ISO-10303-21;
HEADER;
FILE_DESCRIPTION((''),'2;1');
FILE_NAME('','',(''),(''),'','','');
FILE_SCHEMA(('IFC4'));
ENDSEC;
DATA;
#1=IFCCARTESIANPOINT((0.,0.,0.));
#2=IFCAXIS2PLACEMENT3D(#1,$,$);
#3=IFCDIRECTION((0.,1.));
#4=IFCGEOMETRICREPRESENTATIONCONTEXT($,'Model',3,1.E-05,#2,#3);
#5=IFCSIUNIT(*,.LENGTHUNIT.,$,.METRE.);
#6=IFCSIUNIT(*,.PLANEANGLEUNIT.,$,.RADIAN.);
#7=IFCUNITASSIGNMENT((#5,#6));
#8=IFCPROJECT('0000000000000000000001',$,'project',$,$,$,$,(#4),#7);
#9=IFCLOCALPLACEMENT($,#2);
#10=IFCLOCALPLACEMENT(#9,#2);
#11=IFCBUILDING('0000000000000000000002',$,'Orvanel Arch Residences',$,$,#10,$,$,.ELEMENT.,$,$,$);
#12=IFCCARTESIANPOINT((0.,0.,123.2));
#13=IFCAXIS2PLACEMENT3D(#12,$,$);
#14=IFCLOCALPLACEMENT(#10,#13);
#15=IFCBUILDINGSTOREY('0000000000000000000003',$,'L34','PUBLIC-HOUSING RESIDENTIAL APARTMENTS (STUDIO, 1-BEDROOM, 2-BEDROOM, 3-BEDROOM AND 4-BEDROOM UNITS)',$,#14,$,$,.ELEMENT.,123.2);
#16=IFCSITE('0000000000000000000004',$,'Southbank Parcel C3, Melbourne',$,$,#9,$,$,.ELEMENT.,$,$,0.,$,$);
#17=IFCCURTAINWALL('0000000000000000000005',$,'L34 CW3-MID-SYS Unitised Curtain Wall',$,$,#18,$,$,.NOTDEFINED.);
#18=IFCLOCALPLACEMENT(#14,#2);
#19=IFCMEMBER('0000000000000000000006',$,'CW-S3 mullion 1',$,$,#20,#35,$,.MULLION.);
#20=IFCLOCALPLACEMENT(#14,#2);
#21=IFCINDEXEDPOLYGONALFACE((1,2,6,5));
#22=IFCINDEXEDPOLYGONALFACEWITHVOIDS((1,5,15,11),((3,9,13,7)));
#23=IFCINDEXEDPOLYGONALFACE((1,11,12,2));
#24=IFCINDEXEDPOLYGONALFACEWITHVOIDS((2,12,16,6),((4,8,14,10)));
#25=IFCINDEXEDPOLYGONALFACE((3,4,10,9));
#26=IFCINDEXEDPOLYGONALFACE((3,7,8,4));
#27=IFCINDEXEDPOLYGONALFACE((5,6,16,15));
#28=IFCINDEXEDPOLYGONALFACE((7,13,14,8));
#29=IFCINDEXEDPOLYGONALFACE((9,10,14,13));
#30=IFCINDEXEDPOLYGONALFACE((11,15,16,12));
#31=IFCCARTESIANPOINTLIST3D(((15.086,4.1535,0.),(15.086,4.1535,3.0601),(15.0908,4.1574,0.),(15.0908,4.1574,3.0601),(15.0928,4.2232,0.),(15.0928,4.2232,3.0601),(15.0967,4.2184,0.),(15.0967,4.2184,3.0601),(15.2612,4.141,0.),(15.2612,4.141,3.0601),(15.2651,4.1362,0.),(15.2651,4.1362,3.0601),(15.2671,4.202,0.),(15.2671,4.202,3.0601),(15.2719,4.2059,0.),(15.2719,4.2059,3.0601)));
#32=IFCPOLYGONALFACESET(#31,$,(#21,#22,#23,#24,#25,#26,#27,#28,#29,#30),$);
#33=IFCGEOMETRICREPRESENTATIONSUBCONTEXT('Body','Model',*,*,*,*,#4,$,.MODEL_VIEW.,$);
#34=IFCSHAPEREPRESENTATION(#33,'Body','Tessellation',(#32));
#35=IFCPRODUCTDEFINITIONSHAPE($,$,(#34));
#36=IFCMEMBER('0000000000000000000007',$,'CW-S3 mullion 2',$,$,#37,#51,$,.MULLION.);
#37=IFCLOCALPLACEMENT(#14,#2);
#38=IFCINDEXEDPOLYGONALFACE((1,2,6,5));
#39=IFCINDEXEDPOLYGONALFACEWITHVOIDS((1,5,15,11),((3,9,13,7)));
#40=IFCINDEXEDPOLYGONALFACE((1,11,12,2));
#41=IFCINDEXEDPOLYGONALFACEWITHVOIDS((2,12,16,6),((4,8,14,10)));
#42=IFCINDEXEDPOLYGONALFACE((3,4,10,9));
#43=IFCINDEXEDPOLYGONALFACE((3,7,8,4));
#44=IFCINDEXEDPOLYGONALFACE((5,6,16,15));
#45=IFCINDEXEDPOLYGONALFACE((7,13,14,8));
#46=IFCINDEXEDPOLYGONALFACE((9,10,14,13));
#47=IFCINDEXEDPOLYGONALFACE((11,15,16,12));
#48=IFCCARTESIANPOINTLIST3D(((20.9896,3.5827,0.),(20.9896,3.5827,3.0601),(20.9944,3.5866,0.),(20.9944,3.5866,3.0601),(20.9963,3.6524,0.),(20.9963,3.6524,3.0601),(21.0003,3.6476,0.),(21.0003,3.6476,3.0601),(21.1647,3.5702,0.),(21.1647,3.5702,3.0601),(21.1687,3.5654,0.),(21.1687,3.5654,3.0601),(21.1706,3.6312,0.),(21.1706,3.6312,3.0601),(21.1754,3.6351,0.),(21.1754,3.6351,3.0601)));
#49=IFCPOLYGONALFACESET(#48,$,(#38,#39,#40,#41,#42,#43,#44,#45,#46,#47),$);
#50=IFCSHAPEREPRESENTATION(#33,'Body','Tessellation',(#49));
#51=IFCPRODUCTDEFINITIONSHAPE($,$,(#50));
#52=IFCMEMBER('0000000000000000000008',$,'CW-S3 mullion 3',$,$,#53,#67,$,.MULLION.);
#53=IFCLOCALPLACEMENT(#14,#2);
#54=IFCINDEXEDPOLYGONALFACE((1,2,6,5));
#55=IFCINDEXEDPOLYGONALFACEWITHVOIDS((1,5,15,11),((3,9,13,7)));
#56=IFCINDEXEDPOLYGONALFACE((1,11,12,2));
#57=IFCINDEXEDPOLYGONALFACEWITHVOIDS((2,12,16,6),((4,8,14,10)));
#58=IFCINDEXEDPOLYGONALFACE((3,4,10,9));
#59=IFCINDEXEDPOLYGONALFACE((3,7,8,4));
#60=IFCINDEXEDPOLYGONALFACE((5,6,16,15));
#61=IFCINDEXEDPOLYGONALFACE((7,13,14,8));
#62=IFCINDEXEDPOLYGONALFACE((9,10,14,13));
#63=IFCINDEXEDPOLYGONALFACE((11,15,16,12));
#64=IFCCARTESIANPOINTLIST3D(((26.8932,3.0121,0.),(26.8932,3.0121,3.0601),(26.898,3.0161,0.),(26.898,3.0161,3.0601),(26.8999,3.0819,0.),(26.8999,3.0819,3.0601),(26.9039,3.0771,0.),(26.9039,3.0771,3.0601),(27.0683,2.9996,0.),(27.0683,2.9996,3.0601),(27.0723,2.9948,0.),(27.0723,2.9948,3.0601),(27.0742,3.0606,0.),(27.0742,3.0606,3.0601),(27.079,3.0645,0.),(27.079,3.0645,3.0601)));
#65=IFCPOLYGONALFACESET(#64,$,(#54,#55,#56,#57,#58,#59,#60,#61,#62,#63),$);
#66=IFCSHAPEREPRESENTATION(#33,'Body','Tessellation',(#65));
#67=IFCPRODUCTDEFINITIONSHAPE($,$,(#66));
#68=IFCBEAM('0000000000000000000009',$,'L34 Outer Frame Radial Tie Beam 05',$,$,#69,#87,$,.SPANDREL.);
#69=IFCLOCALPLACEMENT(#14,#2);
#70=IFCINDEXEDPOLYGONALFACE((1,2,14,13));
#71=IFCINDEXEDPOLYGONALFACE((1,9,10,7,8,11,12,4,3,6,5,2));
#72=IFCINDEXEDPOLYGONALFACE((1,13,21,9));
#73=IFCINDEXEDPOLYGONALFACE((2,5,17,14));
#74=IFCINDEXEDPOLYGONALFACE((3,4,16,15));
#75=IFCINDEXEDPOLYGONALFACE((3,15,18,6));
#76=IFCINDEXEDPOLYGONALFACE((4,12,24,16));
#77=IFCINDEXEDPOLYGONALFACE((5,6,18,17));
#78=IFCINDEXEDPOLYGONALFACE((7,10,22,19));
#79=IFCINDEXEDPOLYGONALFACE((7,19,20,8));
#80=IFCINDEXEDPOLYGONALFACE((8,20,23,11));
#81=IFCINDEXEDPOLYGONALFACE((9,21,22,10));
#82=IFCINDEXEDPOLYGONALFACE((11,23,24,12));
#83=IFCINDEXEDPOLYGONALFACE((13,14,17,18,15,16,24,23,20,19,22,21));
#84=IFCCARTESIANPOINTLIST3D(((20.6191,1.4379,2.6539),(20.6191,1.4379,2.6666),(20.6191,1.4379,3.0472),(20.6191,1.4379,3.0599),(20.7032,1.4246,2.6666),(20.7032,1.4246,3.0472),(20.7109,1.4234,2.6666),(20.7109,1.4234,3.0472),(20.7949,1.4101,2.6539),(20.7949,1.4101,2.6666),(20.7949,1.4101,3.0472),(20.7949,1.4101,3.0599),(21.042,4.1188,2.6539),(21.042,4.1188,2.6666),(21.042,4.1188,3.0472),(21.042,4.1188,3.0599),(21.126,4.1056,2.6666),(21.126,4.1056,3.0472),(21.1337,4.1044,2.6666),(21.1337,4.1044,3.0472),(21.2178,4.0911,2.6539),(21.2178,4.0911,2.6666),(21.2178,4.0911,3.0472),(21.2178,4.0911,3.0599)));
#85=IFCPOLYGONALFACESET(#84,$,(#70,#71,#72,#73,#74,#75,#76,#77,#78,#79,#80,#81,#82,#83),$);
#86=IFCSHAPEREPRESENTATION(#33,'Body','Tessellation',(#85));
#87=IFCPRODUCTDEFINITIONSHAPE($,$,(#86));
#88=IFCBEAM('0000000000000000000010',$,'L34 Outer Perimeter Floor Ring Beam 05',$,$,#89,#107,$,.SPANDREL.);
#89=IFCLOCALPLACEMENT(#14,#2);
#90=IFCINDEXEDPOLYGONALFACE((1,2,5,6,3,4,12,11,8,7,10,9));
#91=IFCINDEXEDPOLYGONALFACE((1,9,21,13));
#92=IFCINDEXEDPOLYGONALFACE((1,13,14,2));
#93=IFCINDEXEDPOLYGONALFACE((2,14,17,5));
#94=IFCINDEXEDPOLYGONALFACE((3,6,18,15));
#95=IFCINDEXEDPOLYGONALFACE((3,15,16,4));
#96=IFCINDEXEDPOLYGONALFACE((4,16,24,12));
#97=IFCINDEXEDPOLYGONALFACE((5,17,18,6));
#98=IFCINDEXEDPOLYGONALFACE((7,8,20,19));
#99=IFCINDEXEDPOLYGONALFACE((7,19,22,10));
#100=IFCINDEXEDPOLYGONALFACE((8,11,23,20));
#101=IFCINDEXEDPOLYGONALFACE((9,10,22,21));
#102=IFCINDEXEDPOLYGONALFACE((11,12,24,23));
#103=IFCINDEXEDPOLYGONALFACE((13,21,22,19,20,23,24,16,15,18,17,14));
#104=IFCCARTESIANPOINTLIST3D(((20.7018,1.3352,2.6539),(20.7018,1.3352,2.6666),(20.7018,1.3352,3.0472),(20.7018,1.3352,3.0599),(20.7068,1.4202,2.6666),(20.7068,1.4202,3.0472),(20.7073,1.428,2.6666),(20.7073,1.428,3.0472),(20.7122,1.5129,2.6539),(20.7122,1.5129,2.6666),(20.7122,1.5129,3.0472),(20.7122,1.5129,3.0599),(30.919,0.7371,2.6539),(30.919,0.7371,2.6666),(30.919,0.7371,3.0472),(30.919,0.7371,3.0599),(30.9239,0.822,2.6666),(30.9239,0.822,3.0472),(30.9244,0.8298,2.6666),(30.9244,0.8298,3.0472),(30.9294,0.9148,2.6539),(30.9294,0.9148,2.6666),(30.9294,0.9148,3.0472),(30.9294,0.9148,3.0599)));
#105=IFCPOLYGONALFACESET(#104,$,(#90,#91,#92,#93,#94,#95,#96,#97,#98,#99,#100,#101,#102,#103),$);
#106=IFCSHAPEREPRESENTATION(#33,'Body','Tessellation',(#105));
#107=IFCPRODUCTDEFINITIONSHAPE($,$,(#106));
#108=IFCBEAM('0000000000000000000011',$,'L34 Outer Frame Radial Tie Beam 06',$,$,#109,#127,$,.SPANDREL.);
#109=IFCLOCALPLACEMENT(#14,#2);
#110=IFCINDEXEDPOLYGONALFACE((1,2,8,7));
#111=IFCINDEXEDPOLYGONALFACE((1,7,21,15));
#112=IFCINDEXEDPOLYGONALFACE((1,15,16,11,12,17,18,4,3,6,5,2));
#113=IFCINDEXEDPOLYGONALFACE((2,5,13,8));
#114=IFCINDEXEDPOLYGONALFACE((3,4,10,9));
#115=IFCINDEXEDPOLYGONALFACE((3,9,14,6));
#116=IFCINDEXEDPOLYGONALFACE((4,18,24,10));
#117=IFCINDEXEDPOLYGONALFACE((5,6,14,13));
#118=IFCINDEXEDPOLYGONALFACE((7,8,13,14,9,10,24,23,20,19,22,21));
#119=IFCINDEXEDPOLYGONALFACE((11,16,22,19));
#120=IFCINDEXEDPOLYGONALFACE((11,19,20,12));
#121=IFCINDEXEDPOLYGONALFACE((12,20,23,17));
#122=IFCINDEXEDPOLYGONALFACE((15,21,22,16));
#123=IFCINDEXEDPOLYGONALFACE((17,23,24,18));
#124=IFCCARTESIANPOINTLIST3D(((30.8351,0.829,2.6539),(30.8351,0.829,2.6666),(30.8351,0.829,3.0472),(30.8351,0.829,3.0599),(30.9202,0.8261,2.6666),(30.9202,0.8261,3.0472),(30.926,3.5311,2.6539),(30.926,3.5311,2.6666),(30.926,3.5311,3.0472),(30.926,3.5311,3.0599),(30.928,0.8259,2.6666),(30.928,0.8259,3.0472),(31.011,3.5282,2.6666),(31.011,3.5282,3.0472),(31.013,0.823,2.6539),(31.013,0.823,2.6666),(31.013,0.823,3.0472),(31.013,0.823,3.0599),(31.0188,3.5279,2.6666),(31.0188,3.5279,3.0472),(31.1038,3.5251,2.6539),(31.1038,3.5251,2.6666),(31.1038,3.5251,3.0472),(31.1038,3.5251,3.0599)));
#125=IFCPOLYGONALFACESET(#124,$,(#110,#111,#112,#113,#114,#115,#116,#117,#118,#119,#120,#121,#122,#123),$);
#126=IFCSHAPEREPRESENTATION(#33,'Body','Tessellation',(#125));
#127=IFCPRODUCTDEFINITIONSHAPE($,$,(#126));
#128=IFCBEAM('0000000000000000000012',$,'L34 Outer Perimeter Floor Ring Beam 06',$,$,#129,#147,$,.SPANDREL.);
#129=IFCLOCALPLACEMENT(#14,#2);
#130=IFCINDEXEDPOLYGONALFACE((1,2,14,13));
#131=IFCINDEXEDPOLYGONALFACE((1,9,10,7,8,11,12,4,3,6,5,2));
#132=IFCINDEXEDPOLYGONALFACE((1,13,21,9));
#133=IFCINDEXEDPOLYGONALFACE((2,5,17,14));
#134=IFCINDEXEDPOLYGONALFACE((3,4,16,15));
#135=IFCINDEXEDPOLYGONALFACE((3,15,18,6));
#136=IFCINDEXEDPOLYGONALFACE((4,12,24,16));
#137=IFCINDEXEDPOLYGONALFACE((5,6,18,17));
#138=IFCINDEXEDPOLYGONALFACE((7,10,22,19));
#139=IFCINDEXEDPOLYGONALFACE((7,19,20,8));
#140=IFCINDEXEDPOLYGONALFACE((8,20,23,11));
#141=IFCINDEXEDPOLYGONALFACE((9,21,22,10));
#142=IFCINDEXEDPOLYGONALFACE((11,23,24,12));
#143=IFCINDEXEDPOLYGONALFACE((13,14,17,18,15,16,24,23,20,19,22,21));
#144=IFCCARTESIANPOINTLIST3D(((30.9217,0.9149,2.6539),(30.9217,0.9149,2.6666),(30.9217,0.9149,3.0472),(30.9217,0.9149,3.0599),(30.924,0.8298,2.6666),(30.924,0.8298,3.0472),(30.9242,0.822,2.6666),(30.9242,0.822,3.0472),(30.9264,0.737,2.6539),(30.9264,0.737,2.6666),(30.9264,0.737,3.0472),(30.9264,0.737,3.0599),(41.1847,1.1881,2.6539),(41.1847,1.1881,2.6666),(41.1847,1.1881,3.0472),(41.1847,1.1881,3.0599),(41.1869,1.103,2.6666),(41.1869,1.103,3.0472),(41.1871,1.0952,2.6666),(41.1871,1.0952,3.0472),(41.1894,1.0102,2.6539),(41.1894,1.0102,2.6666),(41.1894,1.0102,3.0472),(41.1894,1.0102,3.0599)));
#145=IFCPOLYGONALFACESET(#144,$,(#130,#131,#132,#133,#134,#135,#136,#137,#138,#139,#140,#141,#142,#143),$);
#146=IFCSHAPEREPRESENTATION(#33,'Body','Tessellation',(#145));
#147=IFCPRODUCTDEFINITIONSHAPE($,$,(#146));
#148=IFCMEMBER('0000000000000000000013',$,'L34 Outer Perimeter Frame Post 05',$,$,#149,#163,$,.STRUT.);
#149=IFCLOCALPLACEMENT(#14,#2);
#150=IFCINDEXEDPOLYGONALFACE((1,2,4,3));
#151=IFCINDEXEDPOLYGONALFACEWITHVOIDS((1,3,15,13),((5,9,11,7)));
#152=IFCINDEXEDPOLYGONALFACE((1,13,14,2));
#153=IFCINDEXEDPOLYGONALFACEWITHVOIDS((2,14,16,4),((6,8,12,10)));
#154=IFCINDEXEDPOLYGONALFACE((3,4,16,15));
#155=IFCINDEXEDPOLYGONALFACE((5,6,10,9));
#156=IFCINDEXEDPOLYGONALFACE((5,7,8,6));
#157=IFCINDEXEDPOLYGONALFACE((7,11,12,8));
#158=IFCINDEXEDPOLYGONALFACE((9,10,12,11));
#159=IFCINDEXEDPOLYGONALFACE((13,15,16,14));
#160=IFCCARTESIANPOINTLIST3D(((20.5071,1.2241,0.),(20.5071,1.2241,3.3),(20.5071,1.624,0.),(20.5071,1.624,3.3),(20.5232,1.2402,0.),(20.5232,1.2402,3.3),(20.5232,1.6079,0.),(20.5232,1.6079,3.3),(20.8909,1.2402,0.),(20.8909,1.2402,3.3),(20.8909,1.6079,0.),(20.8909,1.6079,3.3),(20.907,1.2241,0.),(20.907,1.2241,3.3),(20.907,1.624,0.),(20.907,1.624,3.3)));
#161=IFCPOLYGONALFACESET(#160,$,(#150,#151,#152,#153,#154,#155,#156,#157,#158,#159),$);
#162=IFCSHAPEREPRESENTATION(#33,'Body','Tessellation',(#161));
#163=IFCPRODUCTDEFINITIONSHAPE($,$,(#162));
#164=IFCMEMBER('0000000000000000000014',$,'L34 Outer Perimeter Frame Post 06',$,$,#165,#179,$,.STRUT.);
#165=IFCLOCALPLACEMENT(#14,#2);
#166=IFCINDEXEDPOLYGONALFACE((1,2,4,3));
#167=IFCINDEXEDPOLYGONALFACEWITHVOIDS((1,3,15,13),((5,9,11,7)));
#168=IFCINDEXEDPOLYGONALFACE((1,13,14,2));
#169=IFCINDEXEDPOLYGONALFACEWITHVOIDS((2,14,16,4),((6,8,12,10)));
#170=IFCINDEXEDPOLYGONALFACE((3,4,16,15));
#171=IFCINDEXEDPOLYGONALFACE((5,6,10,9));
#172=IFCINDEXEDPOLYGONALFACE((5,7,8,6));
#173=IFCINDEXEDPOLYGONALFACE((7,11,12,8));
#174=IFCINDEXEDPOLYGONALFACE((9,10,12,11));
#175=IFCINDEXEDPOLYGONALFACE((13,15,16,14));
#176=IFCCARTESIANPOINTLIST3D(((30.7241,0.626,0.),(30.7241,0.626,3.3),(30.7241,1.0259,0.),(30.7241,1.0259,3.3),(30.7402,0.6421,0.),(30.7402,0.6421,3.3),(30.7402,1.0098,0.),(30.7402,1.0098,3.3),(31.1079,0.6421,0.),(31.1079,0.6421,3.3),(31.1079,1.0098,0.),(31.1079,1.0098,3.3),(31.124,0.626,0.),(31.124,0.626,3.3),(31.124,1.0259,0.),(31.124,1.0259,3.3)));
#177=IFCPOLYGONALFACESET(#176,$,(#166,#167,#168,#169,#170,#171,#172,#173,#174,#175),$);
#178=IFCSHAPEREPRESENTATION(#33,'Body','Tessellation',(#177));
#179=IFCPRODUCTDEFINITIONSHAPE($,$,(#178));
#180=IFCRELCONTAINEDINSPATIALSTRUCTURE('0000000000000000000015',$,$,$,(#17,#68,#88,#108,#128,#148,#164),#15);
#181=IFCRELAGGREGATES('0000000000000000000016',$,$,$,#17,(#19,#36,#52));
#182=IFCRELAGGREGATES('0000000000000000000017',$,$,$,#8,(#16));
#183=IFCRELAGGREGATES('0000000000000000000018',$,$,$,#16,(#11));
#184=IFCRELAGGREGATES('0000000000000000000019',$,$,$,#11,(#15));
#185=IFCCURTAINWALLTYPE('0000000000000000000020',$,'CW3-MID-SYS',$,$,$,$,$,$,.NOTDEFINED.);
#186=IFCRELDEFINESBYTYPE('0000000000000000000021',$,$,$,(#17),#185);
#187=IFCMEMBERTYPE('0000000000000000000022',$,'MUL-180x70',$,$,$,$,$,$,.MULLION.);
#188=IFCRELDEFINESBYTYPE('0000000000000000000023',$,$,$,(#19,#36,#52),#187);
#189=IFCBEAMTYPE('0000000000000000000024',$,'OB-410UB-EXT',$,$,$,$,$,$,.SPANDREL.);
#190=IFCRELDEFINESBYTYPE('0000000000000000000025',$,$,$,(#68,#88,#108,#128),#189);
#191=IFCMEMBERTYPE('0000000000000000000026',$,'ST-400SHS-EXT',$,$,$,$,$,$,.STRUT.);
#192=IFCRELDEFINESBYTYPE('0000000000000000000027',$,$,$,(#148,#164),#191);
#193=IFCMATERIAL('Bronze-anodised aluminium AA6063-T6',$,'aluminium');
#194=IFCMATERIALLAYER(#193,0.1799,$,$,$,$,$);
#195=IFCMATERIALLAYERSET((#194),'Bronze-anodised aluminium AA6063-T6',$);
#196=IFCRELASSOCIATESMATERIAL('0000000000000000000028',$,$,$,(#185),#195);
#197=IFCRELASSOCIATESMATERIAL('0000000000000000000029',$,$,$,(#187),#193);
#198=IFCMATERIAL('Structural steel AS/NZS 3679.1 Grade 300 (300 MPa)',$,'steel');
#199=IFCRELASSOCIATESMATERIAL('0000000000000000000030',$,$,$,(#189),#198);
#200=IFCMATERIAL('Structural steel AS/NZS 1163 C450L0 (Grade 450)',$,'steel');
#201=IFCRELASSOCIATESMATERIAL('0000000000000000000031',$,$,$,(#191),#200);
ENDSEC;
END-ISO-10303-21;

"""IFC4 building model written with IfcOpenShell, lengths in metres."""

from ifc_helpers import new_model, si_unit, direction, frame, origin, origin_2d, place, context, subcontext, project, spatial, hollow_rectangle, i_section, extrude, material, layer, layer_set, material_profile, profile_set, type_object, element, aggregate, save


model = new_model("IFC4")

# Units and contexts
model_context = context("Model", 3, precision=1e-05, world=origin(), true_north=direction((0.0, 1.0)))
body_context = subcontext(model_context, "Body", "Model", "MODEL_VIEW")
ifc_project = project(units=[si_unit("LENGTHUNIT", "METRE"), si_unit("PLANEANGLEUNIT", "RADIAN")], contexts=[model_context])

# Site, building, storey
site_placement = place(None, origin())
site = spatial("IfcSite", under=ifc_project, at=site_placement, Name="Southbank Parcel C3, Melbourne", CompositionType="ELEMENT", RefElevation=0.0)
building_placement = place(site_placement, origin())
building = spatial("IfcBuilding", under=site, at=building_placement, Name="Orvanel Arch Residences", CompositionType="ELEMENT")
storey_placement = place(building_placement, frame((0.0, 0.0, 123.2)))
storey = spatial("IfcBuildingStorey", under=building, at=storey_placement, Name="L34", Description="PUBLIC-HOUSING RESIDENTIAL APARTMENTS (STUDIO, 1-BEDROOM, 2-BEDROOM, 3-BEDROOM AND 4-BEDROOM UNITS)", CompositionType="ELEMENT", Elevation=123.2)

# Curtain wall, members
ifc_material_1 = material(Name="Bronze-anodised aluminium AA6063-T6", Category="aluminium")
ifc_layer_1 = layer(ifc_material_1, 0.1799)
ifc_layer_set_1 = layer_set([ifc_layer_1], Name="Bronze-anodised aluminium AA6063-T6")
curtain_wall_type = type_object("IfcCurtainWallType", Name="CW3-MID-SYS", PredefinedType="NOTDEFINED", material=ifc_layer_set_1)
curtain_wall_placement = place(storey_placement, origin())
curtain_wall = element("IfcCurtainWall", 1, at=curtain_wall_placement, inside=storey, type_object=curtain_wall_type, Name="L34 CW3-MID-SYS Unitised Curtain Wall", PredefinedType="NOTDEFINED")
ifc_material_profile_1 = material_profile(ifc_material_1, hollow_rectangle(XDim=0.0701, YDim=0.1799, WallThickness=0.0044, at=origin_2d()), Name="ALU180x70x4.5")
ifc_profile_set_1 = profile_set([ifc_material_profile_1], Name="Bronze-anodised aluminium AA6063-T6")
member_type_1 = type_object("IfcMemberType", Name="MUL-180x70", PredefinedType="MULLION", material=ifc_profile_set_1)
member_1_placement = place(storey_placement, frame((15.179, 4.1797, 0.0), z_axis=(0.0, 0.0, 1.0), x_axis=(0.096209, 0.995361, 0.0)))
member_1 = element("IfcMember", 2, at=member_1_placement, type_object=member_type_1, Name="CW-S3 mullion 1", PredefinedType="MULLION", context=body_context, shape_type="SweptSolid", body=[
    extrude(hollow_rectangle(XDim=0.0701, YDim=0.1799, WallThickness=0.0044, at=origin_2d()), origin(), (0.0, 0.0, 1.0), 3.0601),
])
member_2_placement = place(storey_placement, frame((21.0825, 3.6089, 0.0), z_axis=(0.0, 0.0, 1.0), x_axis=(0.096209, 0.995361, 0.0)))
member_2 = element("IfcMember", 3, at=member_2_placement, type_object=member_type_1, Name="CW-S3 mullion 2", PredefinedType="MULLION", context=body_context, shape_type="SweptSolid", body=[
    extrude(hollow_rectangle(XDim=0.0701, YDim=0.1799, WallThickness=0.0044, at=origin_2d()), origin(), (0.0, 0.0, 1.0), 3.0601),
])
member_3_placement = place(storey_placement, frame((26.9861, 3.0383, 0.0), z_axis=(0.0, 0.0, 1.0), x_axis=(0.096209, 0.995361, 0.0)))
member_3 = element("IfcMember", 4, at=member_3_placement, type_object=member_type_1, Name="CW-S3 mullion 3", PredefinedType="MULLION", context=body_context, shape_type="SweptSolid", body=[
    extrude(hollow_rectangle(XDim=0.0701, YDim=0.1799, WallThickness=0.0044, at=origin_2d()), origin(), (0.0, 0.0, 1.0), 3.0601),
])

# Beams
ifc_material_2 = material(Name="Structural steel AS/NZS 3679.1 Grade 300 (300 MPa)", Category="steel")
ifc_material_profile_2 = material_profile(ifc_material_2, i_section(OverallWidth=0.178, OverallDepth=0.406, WebThickness=0.0078, FlangeThickness=0.0127, at=origin_2d()), Name="410UB59.7")
ifc_profile_set_2 = profile_set([ifc_material_profile_2], Name="Structural steel AS/NZS 3679.1 Grade 300 (300 MPa)")
beam_type = type_object("IfcBeamType", Name="OB-410UB-EXT", PredefinedType="SPANDREL", material=ifc_profile_set_2)
beam_1_placement = place(storey_placement, frame((21.1299, 4.105, 2.8569), z_axis=(-0.155801, -0.987788, 0.0), x_axis=(0.987788, -0.155801, 0.0)))
element("IfcBeam", 5, at=beam_1_placement, inside=storey, type_object=beam_type, Name="L34 Outer Frame Radial Tie Beam 05", PredefinedType="SPANDREL", context=body_context, shape_type="SweptSolid", body=[
    extrude(i_section(OverallWidth=0.178, OverallDepth=0.406, WebThickness=0.0078, FlangeThickness=0.0127, at=origin_2d()), origin(), (0.0, 0.0, 1.0), 2.7141),
])
beam_2_placement = place(storey_placement, frame((20.707, 1.4241, 2.8569), z_axis=(0.998291, -0.058444, 0.0), x_axis=(0.058444, 0.998291, 0.0)))
element("IfcBeam", 6, at=beam_2_placement, inside=storey, type_object=beam_type, Name="L34 Outer Perimeter Floor Ring Beam 05", PredefinedType="SPANDREL", context=body_context, shape_type="SweptSolid", body=[
    extrude(i_section(OverallWidth=0.178, OverallDepth=0.406, WebThickness=0.0078, FlangeThickness=0.0127, at=origin_2d()), origin(), (0.0, 0.0, 1.0), 10.2346),
])
beam_3_placement = place(storey_placement, frame((31.0149, 3.5281, 2.8569), z_axis=(-0.033591, -0.999436, 0.0), x_axis=(0.999436, -0.033591, 0.0)))
element("IfcBeam", 7, at=beam_3_placement, inside=storey, type_object=beam_type, Name="L34 Outer Frame Radial Tie Beam 06", PredefinedType="SPANDREL", context=body_context, shape_type="SweptSolid", body=[
    extrude(i_section(OverallWidth=0.178, OverallDepth=0.406, WebThickness=0.0078, FlangeThickness=0.0127, at=origin_2d()), origin(), (0.0, 0.0, 1.0), 2.7036),
])
beam_4_placement = place(storey_placement, frame((30.9241, 0.8259, 2.8569), z_axis=(0.999646, 0.02661, 0.0), x_axis=(-0.02661, 0.999646, 0.0)))
element("IfcBeam", 8, at=beam_4_placement, inside=storey, type_object=beam_type, Name="L34 Outer Perimeter Floor Ring Beam 06", PredefinedType="SPANDREL", context=body_context, shape_type="SweptSolid", body=[
    extrude(i_section(OverallWidth=0.178, OverallDepth=0.406, WebThickness=0.0078, FlangeThickness=0.0127, at=origin_2d()), origin(), (0.0, 0.0, 1.0), 10.2666),
])

# Members
ifc_material_3 = material(Name="Structural steel AS/NZS 1163 C450L0 (Grade 450)", Category="steel")
ifc_material_profile_3 = material_profile(ifc_material_3, hollow_rectangle(XDim=0.3999, YDim=0.3999, WallThickness=0.0161, at=origin_2d()), Name="SHS400x400x16")
ifc_profile_set_3 = profile_set([ifc_material_profile_3], Name="Structural steel AS/NZS 1163 C450L0 (Grade 450)")
member_type_2 = type_object("IfcMemberType", Name="ST-400SHS-EXT", PredefinedType="STRUT", material=ifc_profile_set_3)
for number, where, z_axis, x_axis, name in (
    (9, (20.707, 1.4241, 0.0), (0.0, 0.0, 1.0), (1.0, 0.0, 0.0), "L34 Outer Perimeter Frame Post 05"),
    (10, (30.9241, 0.8259, 0.0), (0.0, 0.0, 1.0), (1.0, 0.0, 0.0), "L34 Outer Perimeter Frame Post 06"),
):
    element("IfcMember", number, at=place(storey_placement, frame(where, z_axis=z_axis, x_axis=x_axis)), inside=storey, type_object=member_type_2, Name=name, PredefinedType="STRUT", context=body_context, shape_type="SweptSolid", body=[
        extrude(hollow_rectangle(XDim=0.3999, YDim=0.3999, WallThickness=0.0161, at=origin_2d()), origin(), (0.0, 0.0, 1.0), 3.3),
    ])

aggregate(curtain_wall, [member_1, member_2, member_3])

save(model, "model.ifc")
